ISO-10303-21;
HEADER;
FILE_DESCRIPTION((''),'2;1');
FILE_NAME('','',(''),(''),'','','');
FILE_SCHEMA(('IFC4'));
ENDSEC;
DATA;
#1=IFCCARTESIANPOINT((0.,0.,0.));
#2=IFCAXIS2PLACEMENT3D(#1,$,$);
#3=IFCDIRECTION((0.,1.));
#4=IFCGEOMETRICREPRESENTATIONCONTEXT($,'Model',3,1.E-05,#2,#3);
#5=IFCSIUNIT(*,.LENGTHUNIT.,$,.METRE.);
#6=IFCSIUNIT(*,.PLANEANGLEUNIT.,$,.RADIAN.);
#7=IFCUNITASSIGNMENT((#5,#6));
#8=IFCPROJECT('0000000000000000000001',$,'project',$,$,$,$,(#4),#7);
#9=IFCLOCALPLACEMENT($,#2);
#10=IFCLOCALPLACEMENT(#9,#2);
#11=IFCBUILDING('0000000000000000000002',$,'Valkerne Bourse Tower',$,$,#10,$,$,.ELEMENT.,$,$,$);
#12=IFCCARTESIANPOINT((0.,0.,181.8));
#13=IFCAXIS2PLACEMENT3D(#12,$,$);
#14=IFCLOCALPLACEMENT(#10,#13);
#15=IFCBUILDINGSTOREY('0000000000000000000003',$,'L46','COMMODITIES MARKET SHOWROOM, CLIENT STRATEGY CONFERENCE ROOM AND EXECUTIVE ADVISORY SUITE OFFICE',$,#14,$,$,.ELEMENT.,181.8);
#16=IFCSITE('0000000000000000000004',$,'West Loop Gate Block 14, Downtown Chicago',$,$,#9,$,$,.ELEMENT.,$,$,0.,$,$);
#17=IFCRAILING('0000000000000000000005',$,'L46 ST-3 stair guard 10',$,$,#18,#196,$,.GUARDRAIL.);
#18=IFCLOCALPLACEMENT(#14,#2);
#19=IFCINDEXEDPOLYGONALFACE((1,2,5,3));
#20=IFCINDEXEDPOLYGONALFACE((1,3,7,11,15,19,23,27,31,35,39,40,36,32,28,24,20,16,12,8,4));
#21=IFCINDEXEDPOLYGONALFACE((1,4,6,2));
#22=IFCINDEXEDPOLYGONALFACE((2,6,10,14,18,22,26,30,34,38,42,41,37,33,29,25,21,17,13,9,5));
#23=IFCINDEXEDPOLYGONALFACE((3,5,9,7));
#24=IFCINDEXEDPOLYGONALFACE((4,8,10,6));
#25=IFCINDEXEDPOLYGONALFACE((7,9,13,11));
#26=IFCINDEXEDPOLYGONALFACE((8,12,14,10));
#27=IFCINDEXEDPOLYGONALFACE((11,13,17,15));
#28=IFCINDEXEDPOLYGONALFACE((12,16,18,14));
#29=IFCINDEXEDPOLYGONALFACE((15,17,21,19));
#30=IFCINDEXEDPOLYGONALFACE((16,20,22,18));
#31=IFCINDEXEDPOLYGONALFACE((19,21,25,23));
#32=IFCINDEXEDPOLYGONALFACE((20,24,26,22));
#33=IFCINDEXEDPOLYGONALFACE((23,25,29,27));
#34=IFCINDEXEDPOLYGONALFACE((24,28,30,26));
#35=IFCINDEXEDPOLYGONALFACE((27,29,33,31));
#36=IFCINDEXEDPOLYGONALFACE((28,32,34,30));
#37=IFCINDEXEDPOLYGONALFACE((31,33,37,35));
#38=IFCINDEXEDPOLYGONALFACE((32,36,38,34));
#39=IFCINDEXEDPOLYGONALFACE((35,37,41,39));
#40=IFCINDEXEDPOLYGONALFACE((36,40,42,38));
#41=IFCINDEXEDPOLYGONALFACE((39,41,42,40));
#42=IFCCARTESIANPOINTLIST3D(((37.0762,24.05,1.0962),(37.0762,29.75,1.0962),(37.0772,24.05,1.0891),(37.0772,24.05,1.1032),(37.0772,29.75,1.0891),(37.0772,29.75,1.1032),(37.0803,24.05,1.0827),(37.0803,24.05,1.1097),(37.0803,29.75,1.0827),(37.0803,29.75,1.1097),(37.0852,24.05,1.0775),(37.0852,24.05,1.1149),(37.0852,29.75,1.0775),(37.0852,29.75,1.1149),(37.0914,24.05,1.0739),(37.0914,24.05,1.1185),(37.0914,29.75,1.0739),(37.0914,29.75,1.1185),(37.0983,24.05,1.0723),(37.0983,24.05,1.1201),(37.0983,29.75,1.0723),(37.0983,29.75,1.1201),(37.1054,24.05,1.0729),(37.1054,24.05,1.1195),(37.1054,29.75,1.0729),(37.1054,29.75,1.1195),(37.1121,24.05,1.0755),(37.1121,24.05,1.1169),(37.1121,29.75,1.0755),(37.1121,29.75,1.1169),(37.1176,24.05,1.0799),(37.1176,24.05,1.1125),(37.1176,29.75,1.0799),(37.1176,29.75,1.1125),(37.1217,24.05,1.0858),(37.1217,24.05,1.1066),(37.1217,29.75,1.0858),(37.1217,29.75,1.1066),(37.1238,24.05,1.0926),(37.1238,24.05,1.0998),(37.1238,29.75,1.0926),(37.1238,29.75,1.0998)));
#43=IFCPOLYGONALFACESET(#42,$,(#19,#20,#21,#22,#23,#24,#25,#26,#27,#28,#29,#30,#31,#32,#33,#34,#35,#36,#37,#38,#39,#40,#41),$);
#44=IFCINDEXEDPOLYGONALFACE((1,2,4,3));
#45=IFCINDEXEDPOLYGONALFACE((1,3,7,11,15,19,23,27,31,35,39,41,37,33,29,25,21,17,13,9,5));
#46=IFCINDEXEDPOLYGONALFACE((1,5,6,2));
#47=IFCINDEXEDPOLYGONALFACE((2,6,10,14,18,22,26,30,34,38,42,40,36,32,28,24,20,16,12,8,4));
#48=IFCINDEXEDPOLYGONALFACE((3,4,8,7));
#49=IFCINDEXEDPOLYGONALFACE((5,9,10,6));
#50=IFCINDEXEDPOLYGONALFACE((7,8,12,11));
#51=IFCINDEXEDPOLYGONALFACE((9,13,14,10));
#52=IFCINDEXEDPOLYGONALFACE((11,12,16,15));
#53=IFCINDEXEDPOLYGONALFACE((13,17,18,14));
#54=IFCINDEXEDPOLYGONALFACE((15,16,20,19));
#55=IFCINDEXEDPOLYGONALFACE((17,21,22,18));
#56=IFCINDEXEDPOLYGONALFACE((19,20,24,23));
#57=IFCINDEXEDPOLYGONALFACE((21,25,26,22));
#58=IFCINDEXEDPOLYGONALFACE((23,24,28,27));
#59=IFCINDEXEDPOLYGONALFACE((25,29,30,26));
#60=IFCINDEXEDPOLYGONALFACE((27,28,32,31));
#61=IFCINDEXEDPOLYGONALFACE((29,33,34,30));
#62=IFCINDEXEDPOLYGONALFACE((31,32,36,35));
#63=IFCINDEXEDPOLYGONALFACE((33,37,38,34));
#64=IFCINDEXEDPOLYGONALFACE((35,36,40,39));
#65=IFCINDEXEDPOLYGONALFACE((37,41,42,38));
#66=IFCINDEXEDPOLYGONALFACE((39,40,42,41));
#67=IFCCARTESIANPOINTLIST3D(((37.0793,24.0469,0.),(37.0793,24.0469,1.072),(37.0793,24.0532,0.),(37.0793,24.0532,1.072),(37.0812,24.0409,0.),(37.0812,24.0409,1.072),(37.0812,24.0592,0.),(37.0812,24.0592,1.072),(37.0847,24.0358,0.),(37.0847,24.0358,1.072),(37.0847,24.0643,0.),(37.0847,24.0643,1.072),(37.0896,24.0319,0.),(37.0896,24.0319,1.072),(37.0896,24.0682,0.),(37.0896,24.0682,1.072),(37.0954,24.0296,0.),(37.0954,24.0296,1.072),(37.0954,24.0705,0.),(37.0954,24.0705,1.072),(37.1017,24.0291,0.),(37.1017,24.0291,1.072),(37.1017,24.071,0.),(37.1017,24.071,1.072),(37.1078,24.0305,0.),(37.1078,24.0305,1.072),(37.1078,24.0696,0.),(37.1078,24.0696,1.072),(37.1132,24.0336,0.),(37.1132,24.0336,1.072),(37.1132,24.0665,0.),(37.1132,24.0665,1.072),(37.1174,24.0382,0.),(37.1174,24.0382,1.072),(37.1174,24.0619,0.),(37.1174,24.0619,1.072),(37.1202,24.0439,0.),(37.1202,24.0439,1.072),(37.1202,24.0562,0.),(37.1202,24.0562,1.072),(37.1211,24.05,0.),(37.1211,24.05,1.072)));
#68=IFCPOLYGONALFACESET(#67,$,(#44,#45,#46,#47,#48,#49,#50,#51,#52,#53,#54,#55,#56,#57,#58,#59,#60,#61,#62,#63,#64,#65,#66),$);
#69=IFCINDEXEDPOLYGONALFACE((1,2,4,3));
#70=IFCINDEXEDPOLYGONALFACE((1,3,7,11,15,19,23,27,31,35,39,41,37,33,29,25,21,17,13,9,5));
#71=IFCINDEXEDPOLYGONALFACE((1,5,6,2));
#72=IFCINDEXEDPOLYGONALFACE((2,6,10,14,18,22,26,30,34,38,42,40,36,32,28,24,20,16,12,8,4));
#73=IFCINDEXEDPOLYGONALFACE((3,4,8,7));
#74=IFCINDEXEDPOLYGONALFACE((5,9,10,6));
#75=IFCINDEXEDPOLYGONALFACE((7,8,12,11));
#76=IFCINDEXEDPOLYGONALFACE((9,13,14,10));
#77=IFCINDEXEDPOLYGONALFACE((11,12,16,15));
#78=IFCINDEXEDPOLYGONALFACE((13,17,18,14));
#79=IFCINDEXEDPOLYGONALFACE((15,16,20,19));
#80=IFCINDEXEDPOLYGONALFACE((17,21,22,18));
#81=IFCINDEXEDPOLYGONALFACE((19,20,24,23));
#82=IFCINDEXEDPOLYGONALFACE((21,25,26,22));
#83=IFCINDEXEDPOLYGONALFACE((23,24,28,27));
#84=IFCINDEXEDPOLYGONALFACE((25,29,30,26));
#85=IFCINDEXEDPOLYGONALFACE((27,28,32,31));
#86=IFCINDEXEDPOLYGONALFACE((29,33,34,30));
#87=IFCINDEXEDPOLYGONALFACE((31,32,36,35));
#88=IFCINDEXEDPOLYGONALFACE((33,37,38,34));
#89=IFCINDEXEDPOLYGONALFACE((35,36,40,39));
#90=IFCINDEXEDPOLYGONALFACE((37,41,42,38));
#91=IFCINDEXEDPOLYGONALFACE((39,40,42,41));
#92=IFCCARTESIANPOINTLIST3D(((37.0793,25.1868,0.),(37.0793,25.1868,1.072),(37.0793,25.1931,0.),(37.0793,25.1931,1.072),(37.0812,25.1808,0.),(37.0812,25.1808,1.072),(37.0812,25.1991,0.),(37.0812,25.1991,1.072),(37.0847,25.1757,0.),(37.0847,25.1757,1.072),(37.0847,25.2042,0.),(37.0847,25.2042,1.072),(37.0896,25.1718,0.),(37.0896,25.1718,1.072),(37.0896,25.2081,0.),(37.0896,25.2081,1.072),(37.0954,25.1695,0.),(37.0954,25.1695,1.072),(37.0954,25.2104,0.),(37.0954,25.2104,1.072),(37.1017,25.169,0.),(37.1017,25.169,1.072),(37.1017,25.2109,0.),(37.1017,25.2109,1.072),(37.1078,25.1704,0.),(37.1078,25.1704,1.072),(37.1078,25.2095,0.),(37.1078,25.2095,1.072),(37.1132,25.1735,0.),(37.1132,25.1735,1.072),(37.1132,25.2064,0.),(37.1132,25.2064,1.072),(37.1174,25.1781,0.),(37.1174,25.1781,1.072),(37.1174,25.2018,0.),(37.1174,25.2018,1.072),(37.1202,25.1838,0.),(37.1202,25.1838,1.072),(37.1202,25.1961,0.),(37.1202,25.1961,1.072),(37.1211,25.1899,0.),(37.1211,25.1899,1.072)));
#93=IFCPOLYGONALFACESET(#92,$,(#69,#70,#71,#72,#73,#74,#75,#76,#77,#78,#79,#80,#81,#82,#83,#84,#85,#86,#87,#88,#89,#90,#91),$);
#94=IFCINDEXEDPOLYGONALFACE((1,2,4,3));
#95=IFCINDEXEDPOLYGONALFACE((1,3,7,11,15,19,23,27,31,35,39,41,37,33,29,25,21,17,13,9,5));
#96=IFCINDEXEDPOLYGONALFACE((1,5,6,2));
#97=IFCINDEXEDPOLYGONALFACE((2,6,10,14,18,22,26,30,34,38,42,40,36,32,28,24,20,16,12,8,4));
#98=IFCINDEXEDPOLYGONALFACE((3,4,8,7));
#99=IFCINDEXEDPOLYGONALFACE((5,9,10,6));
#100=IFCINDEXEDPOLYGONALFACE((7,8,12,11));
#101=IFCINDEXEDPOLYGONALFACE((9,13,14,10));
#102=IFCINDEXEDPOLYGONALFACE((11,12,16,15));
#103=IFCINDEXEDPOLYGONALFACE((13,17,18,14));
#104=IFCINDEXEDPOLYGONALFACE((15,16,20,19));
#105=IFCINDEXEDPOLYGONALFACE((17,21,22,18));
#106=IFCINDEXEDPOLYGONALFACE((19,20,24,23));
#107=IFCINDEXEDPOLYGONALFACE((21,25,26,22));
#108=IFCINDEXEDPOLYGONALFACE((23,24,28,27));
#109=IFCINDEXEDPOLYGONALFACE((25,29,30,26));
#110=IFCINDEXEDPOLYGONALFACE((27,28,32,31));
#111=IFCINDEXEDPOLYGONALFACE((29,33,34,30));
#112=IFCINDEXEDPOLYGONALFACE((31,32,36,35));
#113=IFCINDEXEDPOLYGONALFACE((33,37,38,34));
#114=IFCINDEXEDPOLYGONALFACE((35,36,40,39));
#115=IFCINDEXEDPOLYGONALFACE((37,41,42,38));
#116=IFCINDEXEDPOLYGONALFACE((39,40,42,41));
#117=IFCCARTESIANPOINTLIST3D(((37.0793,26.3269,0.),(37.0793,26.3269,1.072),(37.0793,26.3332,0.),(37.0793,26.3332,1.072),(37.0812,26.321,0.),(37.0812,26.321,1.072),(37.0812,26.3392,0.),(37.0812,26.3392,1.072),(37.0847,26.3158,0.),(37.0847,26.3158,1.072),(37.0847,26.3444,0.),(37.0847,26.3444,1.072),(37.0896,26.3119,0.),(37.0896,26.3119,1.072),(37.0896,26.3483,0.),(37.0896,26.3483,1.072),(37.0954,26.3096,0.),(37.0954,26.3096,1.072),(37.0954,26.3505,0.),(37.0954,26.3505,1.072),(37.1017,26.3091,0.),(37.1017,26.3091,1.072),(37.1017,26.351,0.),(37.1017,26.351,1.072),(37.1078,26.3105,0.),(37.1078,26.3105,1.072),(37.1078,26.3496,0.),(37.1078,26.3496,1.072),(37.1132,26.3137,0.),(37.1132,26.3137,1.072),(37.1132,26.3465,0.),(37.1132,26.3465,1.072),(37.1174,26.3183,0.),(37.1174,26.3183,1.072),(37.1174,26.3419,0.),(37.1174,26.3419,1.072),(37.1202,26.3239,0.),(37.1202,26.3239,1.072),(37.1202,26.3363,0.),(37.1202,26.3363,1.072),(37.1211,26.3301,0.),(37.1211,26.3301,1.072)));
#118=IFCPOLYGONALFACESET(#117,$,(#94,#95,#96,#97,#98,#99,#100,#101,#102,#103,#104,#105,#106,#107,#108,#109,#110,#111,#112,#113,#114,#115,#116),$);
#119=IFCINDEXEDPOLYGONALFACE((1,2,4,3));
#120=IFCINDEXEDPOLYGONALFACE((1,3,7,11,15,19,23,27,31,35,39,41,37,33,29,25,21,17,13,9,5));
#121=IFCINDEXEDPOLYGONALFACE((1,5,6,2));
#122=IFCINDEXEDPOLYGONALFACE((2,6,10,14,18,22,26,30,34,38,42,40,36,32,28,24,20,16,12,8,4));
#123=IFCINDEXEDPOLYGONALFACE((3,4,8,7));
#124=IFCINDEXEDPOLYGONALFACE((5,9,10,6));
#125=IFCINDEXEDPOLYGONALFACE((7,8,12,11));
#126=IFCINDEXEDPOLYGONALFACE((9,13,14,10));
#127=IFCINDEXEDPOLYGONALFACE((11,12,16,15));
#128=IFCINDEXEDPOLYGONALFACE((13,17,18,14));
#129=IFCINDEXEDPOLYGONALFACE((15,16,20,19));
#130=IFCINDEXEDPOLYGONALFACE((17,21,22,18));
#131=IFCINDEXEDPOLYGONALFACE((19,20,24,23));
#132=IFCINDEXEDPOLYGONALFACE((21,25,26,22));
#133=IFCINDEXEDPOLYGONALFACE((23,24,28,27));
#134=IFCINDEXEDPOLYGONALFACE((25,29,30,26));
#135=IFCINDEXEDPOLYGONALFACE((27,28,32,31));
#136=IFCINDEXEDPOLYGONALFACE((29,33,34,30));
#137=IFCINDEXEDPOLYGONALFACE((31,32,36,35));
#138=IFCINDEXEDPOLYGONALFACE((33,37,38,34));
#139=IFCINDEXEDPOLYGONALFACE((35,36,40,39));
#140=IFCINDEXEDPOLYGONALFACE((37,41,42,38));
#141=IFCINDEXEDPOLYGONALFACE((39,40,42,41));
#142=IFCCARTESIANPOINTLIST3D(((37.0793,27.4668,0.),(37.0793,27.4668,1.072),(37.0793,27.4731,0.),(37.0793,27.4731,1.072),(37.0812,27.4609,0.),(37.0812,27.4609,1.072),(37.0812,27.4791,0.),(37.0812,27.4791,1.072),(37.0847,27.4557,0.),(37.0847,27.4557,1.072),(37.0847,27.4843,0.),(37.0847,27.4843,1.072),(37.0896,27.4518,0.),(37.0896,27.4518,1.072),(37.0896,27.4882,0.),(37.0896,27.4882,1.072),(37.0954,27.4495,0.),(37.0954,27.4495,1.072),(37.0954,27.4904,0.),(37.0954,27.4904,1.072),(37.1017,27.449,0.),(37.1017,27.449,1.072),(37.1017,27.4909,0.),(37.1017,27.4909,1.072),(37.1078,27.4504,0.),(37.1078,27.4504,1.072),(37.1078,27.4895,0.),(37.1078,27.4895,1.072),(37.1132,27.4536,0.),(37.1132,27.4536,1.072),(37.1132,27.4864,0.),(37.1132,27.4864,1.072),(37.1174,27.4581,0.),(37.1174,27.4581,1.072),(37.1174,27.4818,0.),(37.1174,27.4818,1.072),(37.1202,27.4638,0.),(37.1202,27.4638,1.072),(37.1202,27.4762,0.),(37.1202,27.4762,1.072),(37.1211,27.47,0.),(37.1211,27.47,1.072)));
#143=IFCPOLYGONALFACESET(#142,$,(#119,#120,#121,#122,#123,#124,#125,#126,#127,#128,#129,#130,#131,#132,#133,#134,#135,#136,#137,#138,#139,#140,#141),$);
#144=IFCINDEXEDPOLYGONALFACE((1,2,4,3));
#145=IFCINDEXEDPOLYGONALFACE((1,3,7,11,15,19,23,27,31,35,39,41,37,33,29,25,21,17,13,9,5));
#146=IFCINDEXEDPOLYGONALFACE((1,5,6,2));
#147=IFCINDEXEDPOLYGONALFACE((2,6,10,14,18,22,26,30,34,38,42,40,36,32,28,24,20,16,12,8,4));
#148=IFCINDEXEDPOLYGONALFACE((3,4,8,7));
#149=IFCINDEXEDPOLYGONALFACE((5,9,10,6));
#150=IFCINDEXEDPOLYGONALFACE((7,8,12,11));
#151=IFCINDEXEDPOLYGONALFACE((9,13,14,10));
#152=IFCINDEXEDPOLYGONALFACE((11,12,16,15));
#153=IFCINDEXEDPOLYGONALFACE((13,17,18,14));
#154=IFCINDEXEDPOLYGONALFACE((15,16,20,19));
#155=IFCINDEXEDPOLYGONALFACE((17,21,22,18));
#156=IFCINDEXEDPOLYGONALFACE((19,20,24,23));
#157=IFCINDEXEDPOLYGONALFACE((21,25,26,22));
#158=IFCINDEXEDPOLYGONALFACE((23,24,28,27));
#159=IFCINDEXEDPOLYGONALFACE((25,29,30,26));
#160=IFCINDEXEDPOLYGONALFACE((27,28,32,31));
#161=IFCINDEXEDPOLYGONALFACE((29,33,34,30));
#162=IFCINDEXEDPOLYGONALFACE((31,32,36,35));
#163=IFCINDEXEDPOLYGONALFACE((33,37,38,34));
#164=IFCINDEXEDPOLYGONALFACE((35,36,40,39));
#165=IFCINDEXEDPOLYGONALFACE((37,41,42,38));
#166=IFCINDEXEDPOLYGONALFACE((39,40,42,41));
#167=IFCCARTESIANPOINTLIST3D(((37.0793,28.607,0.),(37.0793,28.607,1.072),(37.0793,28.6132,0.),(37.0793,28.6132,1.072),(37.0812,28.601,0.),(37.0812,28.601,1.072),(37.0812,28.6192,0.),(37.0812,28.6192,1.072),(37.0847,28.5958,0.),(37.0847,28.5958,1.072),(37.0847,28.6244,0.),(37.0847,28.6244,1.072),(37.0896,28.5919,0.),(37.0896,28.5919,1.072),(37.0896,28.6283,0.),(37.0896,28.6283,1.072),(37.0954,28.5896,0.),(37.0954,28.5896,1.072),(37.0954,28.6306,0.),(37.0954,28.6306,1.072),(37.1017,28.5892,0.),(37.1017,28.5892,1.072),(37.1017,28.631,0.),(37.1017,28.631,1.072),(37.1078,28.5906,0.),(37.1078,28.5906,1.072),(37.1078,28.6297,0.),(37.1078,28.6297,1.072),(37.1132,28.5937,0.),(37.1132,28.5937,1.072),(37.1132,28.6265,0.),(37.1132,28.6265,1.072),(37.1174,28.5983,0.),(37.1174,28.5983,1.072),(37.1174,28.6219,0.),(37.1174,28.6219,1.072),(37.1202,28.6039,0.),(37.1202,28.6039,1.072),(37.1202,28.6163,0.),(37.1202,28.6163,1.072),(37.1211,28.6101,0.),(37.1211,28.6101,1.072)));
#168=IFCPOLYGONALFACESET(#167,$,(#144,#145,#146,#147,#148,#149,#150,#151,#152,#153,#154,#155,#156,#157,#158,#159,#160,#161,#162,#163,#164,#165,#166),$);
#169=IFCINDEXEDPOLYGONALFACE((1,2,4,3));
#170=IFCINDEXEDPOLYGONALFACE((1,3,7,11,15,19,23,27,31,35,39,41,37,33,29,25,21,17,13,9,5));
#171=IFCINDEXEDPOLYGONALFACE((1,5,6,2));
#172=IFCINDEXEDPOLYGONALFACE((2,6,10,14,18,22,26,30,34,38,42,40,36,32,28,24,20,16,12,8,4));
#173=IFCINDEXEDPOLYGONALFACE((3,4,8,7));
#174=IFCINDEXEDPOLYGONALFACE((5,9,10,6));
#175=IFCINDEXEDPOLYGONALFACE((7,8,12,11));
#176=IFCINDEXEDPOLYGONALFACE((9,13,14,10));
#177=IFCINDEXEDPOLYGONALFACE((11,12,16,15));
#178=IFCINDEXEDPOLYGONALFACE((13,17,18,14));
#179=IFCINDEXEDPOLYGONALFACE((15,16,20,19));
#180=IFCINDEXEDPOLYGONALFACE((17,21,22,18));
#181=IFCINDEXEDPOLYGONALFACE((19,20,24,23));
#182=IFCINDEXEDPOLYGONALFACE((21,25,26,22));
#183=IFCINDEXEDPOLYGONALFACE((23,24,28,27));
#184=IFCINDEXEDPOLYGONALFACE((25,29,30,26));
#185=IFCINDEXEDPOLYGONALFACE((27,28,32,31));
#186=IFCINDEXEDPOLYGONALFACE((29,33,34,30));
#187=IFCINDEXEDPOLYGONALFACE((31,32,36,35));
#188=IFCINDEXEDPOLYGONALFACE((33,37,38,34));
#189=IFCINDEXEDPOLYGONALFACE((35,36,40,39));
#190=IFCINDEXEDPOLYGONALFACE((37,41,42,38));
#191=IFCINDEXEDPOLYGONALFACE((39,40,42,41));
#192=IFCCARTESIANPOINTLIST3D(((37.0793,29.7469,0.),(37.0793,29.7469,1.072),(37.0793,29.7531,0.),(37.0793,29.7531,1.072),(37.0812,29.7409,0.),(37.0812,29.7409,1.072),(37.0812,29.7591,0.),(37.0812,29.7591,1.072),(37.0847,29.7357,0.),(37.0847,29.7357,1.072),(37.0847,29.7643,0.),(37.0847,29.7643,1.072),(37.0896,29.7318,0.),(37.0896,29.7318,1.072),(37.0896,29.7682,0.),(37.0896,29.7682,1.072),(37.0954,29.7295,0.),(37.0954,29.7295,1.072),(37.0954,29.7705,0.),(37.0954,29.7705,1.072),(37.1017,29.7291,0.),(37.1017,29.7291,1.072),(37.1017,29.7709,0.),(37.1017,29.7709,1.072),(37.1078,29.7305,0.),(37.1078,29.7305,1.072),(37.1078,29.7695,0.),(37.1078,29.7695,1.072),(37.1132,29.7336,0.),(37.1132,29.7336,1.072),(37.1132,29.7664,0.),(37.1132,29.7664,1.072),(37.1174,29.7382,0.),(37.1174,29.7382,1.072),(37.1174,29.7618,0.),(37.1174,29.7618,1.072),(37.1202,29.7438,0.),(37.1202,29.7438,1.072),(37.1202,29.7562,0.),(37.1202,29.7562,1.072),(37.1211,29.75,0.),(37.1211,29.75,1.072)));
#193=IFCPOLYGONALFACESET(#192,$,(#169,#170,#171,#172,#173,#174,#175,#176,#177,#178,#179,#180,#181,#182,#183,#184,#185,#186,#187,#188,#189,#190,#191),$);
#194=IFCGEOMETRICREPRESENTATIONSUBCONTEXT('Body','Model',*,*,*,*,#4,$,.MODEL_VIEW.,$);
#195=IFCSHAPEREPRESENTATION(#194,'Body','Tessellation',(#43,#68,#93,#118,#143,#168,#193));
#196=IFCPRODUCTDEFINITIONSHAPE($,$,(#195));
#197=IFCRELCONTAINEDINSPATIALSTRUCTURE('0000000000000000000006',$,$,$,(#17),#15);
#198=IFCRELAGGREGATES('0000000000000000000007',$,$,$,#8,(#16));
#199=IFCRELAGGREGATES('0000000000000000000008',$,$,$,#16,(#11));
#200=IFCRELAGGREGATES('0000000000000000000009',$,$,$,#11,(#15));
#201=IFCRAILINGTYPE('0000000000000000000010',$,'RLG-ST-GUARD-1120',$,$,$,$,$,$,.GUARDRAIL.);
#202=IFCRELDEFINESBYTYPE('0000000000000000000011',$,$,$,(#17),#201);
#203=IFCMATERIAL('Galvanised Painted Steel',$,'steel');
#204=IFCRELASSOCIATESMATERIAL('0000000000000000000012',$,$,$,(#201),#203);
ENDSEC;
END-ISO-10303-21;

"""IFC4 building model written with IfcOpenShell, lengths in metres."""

from ifc_helpers import new_model, si_unit, direction, frame, origin, origin_2d, place, context, subcontext, project, spatial, circle, extrude, material, type_object, element, save


model = new_model("IFC4")

# Units and contexts
model_context = context("Model", 3, precision=1e-05, world=origin(), true_north=direction((0.0, 1.0)))
body_context = subcontext(model_context, "Body", "Model", "MODEL_VIEW")
ifc_project = project(units=[si_unit("LENGTHUNIT", "METRE"), si_unit("PLANEANGLEUNIT", "RADIAN")], contexts=[model_context])

# Site, building, storey
site_placement = place(None, origin())
site = spatial("IfcSite", under=ifc_project, at=site_placement, Name="West Loop Gate Block 14, Downtown Chicago", CompositionType="ELEMENT", RefElevation=0.0)
building_placement = place(site_placement, origin())
building = spatial("IfcBuilding", under=site, at=building_placement, Name="Valkerne Bourse Tower", CompositionType="ELEMENT")
storey_placement = place(building_placement, frame((0.0, 0.0, 181.8)))
storey = spatial("IfcBuildingStorey", under=building, at=storey_placement, Name="L46", Description="COMMODITIES MARKET SHOWROOM, CLIENT STRATEGY CONFERENCE ROOM AND EXECUTIVE ADVISORY SUITE OFFICE", CompositionType="ELEMENT", Elevation=181.8)

# Shared definitions
ifc_material_1 = material(Name="Galvanised Painted Steel", Category="steel")

# Railing
railing_type = type_object("IfcRailingType", Name="RLG-ST-GUARD-1120", PredefinedType="GUARDRAIL", material=ifc_material_1)
for number, where, name in (
    (1, (37.1001, 24.05, 0.0), "L46 ST-3 stair guard 10"),
):
    element("IfcRailing", number, at=place(storey_placement, frame(where)), inside=storey, type_object=railing_type, Name=name, PredefinedType="GUARDRAIL", context=body_context, shape_type="SweptSolid", body=[
        extrude(circle(Radius=0.0239, at=origin_2d()), frame((0.0, 0.0, 1.0962), z_axis=(0.0, 1.0, 0.0), x_axis=(-1.0, 0.0, 0.0)), (0.0, 0.0, 1.0), 5.7),
        extrude(circle(Radius=0.021, at=origin_2d()), origin(), (0.0, 0.0, 1.0), 1.072),
        extrude(circle(Radius=0.021, at=origin_2d()), frame((0.0, 1.1399, 0.0)), (0.0, 0.0, 1.0), 1.072),
        extrude(circle(Radius=0.021, at=origin_2d()), frame((0.0, 2.28, 0.0)), (0.0, 0.0, 1.0), 1.072),
        extrude(circle(Radius=0.021, at=origin_2d()), frame((0.0, 3.4199, 0.0)), (0.0, 0.0, 1.0), 1.072),
        extrude(circle(Radius=0.021, at=origin_2d()), frame((0.0, 4.5601, 0.0)), (0.0, 0.0, 1.0), 1.072),
        extrude(circle(Radius=0.021, at=origin_2d()), frame((0.0, 5.7, 0.0)), (0.0, 0.0, 1.0), 1.072),
    ])

save(model, "model.ifc")
